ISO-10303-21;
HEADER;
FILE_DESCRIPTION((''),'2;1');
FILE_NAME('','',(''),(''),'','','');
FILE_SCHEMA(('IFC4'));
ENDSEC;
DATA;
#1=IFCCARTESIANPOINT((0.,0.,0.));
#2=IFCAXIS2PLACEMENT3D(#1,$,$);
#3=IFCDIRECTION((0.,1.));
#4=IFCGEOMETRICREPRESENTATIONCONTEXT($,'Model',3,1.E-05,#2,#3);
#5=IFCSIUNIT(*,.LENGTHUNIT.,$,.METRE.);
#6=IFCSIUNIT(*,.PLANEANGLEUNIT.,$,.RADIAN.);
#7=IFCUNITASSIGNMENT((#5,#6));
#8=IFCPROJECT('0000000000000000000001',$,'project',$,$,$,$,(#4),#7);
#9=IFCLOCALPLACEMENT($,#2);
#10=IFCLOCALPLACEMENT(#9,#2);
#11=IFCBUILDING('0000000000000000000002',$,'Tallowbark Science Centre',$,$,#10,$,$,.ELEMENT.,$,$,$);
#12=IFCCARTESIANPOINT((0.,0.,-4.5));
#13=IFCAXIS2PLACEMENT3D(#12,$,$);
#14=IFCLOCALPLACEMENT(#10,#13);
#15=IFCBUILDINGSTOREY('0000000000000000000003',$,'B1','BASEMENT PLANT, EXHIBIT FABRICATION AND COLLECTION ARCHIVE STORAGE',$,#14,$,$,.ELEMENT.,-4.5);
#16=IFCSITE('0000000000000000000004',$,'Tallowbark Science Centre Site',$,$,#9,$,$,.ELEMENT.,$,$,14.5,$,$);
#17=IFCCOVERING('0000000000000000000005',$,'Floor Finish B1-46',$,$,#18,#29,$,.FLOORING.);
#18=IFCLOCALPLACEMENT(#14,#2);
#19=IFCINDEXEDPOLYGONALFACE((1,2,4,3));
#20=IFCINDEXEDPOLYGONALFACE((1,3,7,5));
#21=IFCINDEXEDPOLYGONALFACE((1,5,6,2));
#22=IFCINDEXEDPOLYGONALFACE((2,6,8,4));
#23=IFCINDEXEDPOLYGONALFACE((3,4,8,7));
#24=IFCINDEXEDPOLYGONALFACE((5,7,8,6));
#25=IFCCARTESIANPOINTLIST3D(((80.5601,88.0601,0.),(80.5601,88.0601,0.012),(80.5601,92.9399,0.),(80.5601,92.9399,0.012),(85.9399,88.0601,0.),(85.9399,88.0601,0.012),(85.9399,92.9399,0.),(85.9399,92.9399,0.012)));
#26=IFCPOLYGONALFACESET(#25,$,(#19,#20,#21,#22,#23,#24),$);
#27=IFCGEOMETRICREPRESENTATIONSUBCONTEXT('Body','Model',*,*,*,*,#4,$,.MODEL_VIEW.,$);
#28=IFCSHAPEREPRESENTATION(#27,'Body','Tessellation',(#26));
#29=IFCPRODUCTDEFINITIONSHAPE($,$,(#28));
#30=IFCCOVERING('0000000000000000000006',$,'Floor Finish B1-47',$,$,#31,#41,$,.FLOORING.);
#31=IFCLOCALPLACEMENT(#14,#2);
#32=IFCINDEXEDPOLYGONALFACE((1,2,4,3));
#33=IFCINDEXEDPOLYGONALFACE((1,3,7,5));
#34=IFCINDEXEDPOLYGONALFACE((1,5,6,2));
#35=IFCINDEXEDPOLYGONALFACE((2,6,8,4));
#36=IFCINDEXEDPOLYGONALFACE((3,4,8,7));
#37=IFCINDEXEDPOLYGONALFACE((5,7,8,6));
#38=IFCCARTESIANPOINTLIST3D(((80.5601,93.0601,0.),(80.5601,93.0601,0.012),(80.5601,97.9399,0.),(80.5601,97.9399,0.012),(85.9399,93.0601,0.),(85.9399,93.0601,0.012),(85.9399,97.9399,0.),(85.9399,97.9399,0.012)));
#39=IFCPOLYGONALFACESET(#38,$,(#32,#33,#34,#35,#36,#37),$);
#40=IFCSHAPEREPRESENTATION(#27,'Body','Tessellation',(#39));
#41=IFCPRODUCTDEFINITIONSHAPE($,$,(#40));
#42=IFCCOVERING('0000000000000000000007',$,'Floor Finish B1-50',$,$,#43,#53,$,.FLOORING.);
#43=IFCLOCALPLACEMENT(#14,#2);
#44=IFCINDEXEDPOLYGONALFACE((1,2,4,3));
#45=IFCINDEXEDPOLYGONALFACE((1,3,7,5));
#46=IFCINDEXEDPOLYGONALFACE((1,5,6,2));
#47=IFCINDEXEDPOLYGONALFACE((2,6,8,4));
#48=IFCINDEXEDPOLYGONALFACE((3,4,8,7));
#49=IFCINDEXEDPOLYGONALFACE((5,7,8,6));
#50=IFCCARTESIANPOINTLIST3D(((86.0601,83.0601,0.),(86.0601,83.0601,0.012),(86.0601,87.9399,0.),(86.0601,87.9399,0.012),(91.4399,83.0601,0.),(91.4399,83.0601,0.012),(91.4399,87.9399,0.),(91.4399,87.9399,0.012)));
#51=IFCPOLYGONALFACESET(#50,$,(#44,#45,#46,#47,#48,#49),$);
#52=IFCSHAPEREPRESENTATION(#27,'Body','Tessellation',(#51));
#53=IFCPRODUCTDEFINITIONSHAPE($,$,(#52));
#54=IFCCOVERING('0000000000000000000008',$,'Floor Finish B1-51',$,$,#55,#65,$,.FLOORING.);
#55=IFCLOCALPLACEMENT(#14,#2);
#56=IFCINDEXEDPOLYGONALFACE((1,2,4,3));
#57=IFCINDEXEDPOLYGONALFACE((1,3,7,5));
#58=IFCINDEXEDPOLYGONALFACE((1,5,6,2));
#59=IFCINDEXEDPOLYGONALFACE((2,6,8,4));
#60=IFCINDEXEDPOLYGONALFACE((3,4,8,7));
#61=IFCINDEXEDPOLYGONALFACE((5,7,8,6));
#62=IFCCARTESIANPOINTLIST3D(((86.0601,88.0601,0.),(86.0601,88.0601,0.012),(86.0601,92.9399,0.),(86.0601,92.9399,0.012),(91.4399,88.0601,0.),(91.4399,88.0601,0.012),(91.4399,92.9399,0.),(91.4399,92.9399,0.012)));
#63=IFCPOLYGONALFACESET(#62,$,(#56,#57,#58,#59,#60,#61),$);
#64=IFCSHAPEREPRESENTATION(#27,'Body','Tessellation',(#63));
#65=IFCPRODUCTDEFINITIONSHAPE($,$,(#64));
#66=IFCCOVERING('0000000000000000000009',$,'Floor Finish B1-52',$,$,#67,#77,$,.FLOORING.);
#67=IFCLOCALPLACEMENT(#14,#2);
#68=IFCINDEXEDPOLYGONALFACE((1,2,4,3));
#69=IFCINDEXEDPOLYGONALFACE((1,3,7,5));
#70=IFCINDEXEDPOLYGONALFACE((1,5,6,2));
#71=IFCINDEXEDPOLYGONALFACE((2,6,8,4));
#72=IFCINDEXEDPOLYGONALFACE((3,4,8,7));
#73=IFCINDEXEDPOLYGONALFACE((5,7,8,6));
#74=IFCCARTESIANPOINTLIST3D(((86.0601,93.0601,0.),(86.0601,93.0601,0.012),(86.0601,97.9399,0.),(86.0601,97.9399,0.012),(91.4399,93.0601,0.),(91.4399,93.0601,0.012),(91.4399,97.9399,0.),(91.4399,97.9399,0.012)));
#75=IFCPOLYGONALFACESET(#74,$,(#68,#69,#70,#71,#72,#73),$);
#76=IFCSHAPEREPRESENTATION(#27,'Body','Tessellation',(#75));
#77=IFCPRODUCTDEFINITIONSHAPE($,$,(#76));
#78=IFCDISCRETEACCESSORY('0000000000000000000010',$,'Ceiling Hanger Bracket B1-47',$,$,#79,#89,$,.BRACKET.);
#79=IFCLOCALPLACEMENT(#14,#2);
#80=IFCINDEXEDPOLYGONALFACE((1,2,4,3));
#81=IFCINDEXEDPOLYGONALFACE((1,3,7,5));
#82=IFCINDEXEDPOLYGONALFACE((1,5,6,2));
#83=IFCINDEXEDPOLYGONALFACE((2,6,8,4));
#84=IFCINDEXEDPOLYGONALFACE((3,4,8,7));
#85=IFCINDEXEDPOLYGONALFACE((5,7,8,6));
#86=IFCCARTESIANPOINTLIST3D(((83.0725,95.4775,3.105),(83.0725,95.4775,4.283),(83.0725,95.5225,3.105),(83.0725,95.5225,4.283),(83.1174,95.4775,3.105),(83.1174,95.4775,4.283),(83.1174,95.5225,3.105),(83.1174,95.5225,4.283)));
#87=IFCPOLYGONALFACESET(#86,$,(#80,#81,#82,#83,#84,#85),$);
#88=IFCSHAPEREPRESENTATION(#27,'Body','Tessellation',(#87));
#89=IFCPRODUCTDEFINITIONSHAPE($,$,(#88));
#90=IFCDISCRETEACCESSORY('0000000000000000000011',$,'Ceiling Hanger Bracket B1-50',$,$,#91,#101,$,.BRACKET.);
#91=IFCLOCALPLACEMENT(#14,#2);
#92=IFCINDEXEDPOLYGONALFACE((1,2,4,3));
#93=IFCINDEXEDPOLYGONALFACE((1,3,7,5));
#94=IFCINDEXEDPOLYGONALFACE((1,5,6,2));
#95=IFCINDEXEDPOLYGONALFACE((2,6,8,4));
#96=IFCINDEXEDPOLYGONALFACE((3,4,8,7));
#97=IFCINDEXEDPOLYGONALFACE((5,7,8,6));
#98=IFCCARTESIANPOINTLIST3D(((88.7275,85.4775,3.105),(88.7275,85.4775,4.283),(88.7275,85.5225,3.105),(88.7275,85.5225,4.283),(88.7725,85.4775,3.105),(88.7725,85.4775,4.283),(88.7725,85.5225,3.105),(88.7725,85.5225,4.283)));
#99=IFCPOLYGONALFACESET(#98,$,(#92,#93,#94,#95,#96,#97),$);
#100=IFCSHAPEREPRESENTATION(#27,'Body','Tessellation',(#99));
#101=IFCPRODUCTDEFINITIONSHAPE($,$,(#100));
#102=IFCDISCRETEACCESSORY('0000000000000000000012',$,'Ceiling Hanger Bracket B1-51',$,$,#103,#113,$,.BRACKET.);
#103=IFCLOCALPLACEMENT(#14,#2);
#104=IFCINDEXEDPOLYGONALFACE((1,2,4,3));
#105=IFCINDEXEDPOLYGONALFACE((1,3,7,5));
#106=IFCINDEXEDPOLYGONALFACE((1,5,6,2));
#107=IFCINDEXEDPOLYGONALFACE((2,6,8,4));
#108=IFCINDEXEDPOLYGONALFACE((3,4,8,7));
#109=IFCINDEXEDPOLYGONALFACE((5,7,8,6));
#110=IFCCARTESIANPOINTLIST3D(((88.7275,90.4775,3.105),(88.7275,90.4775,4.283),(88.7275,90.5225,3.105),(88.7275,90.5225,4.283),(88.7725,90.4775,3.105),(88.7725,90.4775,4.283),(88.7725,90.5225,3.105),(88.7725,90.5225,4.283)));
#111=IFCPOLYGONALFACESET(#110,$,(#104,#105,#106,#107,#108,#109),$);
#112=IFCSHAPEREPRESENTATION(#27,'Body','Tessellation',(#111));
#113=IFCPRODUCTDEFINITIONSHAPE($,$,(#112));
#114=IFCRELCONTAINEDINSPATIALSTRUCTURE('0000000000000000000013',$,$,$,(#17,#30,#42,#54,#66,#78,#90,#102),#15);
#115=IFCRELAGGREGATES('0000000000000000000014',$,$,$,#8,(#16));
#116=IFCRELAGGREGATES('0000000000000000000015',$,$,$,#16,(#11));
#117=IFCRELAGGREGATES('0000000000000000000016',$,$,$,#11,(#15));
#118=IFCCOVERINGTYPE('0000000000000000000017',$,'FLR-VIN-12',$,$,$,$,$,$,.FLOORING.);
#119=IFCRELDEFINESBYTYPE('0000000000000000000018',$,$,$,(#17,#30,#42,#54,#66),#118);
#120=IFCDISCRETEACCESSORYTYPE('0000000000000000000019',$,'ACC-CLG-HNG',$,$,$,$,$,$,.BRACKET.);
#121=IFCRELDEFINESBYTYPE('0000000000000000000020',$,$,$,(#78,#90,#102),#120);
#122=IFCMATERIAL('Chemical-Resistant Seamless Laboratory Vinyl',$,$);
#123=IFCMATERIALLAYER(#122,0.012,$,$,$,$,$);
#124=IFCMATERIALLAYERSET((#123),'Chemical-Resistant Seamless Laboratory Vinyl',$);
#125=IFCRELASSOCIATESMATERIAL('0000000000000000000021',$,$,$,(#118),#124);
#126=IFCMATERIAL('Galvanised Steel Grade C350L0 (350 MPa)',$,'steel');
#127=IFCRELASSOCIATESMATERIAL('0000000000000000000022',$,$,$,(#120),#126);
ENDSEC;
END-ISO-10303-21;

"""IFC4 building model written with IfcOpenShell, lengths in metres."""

from ifc_helpers import new_model, si_unit, direction, frame, origin, origin_2d, place, context, subcontext, project, spatial, rectangle, extrude, material, layer, layer_set, type_object, element, save


model = new_model("IFC4")

# Units and contexts
model_context = context("Model", 3, precision=1e-05, world=origin(), true_north=direction((0.0, 1.0)))
body_context = subcontext(model_context, "Body", "Model", "MODEL_VIEW")
ifc_project = project(units=[si_unit("LENGTHUNIT", "METRE"), si_unit("PLANEANGLEUNIT", "RADIAN")], contexts=[model_context])

# Site, building, storey
site_placement = place(None, origin())
site = spatial("IfcSite", under=ifc_project, at=site_placement, Name="Tallowbark Science Centre Site", CompositionType="ELEMENT", RefElevation=14.5)
building_placement = place(site_placement, origin())
building = spatial("IfcBuilding", under=site, at=building_placement, Name="Tallowbark Science Centre", CompositionType="ELEMENT")
storey_placement = place(building_placement, frame((0.0, 0.0, -4.5)))
storey = spatial("IfcBuildingStorey", under=building, at=storey_placement, Name="B1", Description="BASEMENT PLANT, EXHIBIT FABRICATION AND COLLECTION ARCHIVE STORAGE", CompositionType="ELEMENT", Elevation=-4.5)

# Coverings
ifc_material_1 = material(Name="Chemical-Resistant Seamless Laboratory Vinyl")
ifc_layer_1 = layer(ifc_material_1, 0.012)
ifc_layer_set_1 = layer_set([ifc_layer_1], Name="Chemical-Resistant Seamless Laboratory Vinyl")
covering_type_1 = type_object("IfcCoveringType", Name="FLR-VIN-12", PredefinedType="FLOORING", material=ifc_layer_set_1)
for number, where, z_axis, x_axis, name in (
    (1, (83.25, 90.5, 0.0), (0.0, 0.0, 1.0), (1.0, 0.0, 0.0), "Floor Finish B1-46"),
    (2, (83.25, 95.5, 0.0), (0.0, 0.0, 1.0), (1.0, 0.0, 0.0), "Floor Finish B1-47"),
    (3, (88.75, 85.5, 0.0), (0.0, 0.0, 1.0), (1.0, 0.0, 0.0), "Floor Finish B1-50"),
    (4, (88.75, 90.5, 0.0), (0.0, 0.0, 1.0), (1.0, 0.0, 0.0), "Floor Finish B1-51"),
    (5, (88.75, 95.5, 0.0), (0.0, 0.0, 1.0), (1.0, 0.0, 0.0), "Floor Finish B1-52"),
):
    element("IfcCovering", number, at=place(storey_placement, frame(where, z_axis=z_axis, x_axis=x_axis)), inside=storey, type_object=covering_type_1, Name=name, PredefinedType="FLOORING", context=body_context, shape_type="SweptSolid", body=[
        extrude(rectangle(XDim=5.3799, YDim=4.8799, at=origin_2d()), origin(), (0.0, 0.0, 1.0), 0.012),
    ])

# Discrete accessories
ifc_material_2 = material(Name="Galvanised Steel Grade C350L0 (350 MPa)", Category="steel")
discrete_accessory_type = type_object("IfcDiscreteAccessoryType", Name="ACC-CLG-HNG", PredefinedType="BRACKET", material=ifc_material_2)
for number, where, z_axis, x_axis, name in (
    (6, (83.095, 95.5, 3.105), (0.0, 0.0, 1.0), (1.0, 0.0, 0.0), "Ceiling Hanger Bracket B1-47"),
    (7, (88.75, 85.5, 3.105), (0.0, 0.0, 1.0), (1.0, 0.0, 0.0), "Ceiling Hanger Bracket B1-50"),
    (8, (88.75, 90.5, 3.105), (0.0, 0.0, 1.0), (1.0, 0.0, 0.0), "Ceiling Hanger Bracket B1-51"),
):
    element("IfcDiscreteAccessory", number, at=place(storey_placement, frame(where, z_axis=z_axis, x_axis=x_axis)), inside=storey, type_object=discrete_accessory_type, Name=name, PredefinedType="BRACKET", context=body_context, shape_type="SweptSolid", body=[
        extrude(rectangle(XDim=0.0449, YDim=0.0449, at=origin_2d()), origin(), (0.0, 0.0, 1.0), 1.178),
    ])

save(model, "model.ifc")
